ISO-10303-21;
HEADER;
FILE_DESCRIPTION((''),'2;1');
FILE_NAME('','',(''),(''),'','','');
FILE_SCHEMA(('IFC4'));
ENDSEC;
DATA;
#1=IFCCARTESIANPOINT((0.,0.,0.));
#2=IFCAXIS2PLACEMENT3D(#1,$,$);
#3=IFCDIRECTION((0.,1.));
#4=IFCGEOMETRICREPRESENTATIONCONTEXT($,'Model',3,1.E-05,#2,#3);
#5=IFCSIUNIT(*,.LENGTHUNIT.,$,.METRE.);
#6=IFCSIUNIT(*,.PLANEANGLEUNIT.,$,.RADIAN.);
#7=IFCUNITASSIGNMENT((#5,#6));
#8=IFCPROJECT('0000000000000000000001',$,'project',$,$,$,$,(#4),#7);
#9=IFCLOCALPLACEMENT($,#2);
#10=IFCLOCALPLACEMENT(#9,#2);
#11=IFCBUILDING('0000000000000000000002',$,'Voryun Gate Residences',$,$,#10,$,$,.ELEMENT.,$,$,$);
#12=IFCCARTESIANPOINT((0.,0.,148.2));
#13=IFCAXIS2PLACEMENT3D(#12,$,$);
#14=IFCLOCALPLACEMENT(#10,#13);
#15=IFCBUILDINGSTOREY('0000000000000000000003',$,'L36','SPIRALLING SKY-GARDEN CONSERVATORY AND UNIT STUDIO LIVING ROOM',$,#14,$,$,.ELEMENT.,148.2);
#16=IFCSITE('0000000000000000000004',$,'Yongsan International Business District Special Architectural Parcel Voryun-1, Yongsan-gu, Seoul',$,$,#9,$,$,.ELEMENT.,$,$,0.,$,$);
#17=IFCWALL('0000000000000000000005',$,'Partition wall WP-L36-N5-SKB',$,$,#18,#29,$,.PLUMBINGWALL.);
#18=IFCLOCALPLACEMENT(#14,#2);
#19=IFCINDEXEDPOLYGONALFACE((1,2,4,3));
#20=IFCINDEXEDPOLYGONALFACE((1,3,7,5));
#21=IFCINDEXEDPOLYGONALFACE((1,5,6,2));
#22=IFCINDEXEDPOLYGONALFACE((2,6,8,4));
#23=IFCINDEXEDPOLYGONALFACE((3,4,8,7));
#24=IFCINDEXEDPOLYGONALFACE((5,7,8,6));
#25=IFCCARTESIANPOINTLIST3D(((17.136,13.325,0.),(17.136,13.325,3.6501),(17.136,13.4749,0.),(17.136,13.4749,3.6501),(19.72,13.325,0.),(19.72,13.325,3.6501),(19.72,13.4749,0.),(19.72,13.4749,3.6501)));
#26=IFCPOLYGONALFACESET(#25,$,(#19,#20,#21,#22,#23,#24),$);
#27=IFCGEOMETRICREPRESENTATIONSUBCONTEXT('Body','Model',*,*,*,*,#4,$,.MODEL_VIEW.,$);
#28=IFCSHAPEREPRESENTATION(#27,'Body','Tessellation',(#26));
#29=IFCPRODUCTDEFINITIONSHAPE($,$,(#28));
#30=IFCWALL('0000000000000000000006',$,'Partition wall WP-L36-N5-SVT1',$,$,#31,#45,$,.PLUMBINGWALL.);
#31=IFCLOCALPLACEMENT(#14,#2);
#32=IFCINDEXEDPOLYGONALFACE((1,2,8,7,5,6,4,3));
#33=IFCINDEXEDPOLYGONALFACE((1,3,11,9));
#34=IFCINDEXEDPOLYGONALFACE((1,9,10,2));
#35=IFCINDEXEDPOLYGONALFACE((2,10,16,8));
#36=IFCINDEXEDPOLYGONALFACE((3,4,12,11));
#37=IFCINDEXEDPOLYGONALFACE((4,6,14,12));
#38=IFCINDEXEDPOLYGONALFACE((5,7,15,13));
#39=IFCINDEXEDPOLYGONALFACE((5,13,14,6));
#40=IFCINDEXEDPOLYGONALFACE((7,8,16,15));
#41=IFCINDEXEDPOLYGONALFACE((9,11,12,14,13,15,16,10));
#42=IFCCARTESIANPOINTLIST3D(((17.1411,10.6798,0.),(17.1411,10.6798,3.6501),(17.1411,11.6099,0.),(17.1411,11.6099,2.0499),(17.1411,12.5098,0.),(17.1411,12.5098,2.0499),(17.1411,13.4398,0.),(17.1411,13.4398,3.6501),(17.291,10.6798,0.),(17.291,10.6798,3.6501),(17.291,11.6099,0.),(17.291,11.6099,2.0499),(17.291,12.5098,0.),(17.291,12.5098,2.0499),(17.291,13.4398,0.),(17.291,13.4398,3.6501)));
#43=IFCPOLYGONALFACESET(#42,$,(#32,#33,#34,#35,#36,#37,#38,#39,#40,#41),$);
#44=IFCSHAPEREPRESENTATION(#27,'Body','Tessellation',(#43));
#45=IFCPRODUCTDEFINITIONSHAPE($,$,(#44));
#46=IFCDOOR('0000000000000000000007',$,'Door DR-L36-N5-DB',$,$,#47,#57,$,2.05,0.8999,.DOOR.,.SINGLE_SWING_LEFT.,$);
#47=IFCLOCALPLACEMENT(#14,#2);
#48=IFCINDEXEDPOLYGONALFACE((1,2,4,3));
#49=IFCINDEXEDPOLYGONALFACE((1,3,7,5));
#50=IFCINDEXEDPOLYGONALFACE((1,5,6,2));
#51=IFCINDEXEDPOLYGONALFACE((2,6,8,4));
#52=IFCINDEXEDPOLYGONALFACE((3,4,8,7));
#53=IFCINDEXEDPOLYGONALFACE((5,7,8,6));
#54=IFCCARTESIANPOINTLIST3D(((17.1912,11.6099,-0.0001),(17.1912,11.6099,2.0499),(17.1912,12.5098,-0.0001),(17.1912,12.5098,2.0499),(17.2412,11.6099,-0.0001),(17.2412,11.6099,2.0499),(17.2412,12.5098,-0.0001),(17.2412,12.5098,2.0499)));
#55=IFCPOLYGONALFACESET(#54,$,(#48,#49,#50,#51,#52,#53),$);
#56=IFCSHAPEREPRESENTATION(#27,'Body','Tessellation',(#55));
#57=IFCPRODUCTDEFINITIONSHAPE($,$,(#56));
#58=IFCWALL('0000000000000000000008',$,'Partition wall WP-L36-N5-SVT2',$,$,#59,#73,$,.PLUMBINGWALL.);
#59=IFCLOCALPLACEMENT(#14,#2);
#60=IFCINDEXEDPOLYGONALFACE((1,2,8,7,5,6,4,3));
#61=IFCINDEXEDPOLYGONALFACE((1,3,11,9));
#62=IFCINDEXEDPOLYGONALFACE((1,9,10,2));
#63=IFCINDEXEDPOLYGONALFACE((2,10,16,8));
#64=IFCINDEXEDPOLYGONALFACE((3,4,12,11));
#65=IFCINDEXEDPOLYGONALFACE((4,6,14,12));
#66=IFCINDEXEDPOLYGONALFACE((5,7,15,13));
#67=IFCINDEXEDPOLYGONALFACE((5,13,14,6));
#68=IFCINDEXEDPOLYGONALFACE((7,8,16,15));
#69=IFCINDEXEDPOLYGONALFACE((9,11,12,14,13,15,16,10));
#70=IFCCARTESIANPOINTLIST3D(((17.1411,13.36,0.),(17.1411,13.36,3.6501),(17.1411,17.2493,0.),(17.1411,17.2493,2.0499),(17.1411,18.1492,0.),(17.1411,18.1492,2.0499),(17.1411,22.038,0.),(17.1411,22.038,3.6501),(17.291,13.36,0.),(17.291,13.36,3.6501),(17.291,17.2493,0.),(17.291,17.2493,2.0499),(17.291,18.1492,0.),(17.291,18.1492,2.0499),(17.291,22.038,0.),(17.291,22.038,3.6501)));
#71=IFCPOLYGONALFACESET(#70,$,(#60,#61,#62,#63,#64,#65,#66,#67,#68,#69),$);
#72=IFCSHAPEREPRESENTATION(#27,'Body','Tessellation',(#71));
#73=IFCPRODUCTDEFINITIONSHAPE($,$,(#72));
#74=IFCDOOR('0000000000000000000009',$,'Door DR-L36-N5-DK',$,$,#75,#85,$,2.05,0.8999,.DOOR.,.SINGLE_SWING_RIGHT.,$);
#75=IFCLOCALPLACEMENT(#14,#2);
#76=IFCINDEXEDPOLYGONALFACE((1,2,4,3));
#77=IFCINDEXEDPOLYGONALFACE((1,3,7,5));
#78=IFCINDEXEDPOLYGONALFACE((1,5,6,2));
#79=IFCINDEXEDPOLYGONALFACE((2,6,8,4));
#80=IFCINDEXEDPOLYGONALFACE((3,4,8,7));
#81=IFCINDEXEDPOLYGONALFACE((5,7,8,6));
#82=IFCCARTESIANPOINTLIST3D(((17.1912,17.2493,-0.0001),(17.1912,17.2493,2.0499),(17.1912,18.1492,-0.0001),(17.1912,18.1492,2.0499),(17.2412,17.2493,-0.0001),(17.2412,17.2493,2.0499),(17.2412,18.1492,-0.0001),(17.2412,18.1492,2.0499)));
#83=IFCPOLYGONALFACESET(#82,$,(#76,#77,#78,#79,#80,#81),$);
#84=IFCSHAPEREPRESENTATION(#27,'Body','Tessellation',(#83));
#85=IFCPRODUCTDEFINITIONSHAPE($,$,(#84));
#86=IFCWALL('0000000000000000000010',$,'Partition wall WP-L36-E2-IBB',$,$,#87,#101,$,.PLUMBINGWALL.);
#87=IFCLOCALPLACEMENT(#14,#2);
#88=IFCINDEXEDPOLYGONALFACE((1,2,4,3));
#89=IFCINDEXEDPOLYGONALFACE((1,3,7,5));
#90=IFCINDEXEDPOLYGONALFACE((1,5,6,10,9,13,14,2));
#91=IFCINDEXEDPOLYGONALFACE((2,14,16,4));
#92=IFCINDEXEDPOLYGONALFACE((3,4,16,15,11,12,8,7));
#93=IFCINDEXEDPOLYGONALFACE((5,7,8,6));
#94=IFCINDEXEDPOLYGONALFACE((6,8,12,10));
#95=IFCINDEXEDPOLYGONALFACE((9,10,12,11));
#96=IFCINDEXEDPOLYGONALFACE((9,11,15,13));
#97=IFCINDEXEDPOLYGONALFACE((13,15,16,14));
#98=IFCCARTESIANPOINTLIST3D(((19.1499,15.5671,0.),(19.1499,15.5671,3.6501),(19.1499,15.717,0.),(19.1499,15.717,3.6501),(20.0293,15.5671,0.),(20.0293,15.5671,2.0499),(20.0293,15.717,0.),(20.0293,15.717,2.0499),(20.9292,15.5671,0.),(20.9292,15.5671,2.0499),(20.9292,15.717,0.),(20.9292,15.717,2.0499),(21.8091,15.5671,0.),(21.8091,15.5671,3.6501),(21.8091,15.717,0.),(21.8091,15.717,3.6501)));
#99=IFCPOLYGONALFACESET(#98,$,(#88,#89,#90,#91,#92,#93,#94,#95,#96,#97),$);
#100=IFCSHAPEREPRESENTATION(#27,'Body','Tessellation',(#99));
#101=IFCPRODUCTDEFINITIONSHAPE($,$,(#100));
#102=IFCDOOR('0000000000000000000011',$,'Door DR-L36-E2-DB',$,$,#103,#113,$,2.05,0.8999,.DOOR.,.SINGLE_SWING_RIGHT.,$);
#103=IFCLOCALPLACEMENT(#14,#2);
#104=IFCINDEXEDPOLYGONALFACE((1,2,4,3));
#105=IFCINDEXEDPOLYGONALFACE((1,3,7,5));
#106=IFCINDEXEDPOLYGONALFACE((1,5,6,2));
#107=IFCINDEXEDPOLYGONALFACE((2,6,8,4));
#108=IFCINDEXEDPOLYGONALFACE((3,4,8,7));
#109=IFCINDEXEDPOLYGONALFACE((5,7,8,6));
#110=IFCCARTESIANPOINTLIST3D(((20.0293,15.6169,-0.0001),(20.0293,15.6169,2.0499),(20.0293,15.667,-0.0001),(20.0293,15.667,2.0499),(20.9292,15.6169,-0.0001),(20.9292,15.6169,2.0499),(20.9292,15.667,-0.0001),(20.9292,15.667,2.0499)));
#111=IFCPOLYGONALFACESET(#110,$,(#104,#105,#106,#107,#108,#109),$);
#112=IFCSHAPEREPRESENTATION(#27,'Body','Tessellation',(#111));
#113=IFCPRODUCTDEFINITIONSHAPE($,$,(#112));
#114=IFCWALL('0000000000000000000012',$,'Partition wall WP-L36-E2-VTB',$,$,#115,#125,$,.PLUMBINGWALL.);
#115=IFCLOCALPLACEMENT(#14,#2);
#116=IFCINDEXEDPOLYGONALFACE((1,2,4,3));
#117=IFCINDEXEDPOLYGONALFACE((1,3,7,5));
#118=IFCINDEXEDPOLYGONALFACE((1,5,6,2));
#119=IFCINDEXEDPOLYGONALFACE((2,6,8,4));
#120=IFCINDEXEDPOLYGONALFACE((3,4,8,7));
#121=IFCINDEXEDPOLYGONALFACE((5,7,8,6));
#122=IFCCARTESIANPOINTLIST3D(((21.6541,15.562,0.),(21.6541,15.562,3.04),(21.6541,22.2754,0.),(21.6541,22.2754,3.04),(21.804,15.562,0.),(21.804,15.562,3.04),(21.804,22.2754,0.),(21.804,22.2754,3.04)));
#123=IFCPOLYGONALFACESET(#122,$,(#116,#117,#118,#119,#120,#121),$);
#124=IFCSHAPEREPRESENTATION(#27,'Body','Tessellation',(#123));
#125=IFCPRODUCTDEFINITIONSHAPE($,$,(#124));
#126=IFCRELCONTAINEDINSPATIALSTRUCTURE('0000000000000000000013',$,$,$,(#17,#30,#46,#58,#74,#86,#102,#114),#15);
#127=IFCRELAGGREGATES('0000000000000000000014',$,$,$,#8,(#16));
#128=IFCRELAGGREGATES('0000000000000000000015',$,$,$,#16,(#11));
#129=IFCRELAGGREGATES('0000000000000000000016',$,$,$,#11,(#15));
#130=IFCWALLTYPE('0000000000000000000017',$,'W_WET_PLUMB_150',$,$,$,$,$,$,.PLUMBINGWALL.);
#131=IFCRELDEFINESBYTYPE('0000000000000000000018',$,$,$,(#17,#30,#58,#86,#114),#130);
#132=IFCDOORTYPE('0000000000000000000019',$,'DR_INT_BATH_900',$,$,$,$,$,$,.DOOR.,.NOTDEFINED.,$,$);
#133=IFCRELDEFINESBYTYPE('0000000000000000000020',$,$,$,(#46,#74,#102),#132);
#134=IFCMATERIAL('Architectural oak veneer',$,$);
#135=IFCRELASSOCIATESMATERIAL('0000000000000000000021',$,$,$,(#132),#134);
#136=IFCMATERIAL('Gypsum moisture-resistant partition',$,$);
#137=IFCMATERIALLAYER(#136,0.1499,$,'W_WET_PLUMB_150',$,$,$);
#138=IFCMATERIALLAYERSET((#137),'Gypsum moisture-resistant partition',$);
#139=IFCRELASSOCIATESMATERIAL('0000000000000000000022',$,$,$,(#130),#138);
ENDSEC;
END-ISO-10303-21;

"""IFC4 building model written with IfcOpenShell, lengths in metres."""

from ifc_helpers import new_model, si_unit, direction, frame, frame_2d, origin, place, context, subcontext, project, spatial, rectangle, extrude, material, layer, layer_set, type_object, element, fill, save


model = new_model("IFC4")

# Units and contexts
model_context = context("Model", 3, precision=1e-05, world=origin(), true_north=direction((0.0, 1.0)))
body_context = subcontext(model_context, "Body", "Model", "MODEL_VIEW")
ifc_project = project(units=[si_unit("LENGTHUNIT", "METRE"), si_unit("PLANEANGLEUNIT", "RADIAN")], contexts=[model_context])

# Site, building, storey
site_placement = place(None, origin())
site = spatial("IfcSite", under=ifc_project, at=site_placement, Name="Yongsan International Business District Special Architectural Parcel Voryun-1, Yongsan-gu, Seoul", CompositionType="ELEMENT", RefElevation=0.0)
building_placement = place(site_placement, origin())
building = spatial("IfcBuilding", under=site, at=building_placement, Name="Voryun Gate Residences", CompositionType="ELEMENT")
storey_placement = place(building_placement, frame((0.0, 0.0, 148.2)))
storey = spatial("IfcBuildingStorey", under=building, at=storey_placement, Name="L36", Description="SPIRALLING SKY-GARDEN CONSERVATORY AND UNIT STUDIO LIVING ROOM", CompositionType="ELEMENT", Elevation=148.2)

# Shared definitions
ifc_material_1 = material(Name="Architectural oak veneer")
door_type = type_object("IfcDoorType", Name="DR_INT_BATH_900", OperationType="NOTDEFINED", PredefinedType="DOOR", material=ifc_material_1)

# Wall
ifc_material_2 = material(Name="Gypsum moisture-resistant partition")
ifc_layer_1 = layer(ifc_material_2, 0.1499, Name="W_WET_PLUMB_150")
ifc_layer_set_1 = layer_set([ifc_layer_1], Name="Gypsum moisture-resistant partition")
wall_type_1 = type_object("IfcWallType", Name="W_WET_PLUMB_150", PredefinedType="PLUMBINGWALL", material=ifc_layer_set_1)
wall_1_placement = place(storey_placement, frame((17.136, 13.3999, 0.0), z_axis=(0.0, 0.0, 1.0), x_axis=(1.0, 0.0, 0.0)))
element("IfcWall", 1, at=wall_1_placement, inside=storey, type_object=wall_type_1, Name="Partition wall WP-L36-N5-SKB", PredefinedType="PLUMBINGWALL", context=body_context, shape_type="SweptSolid", body=[
    extrude(rectangle(XDim=2.584, YDim=0.1499, at=frame_2d((1.292, 0.0))), origin(), (0.0, 0.0, 1.0), 3.6501),
])

# Walls, openings, doors
wall_2_placement = place(storey_placement, frame((17.2161, 10.6799, 0.0), z_axis=(0.0, 0.0, 1.0), x_axis=(0.0, 1.0, 0.0)))
wall_2 = element("IfcWall", 2, at=wall_2_placement, inside=storey, type_object=wall_type_1, Name="Partition wall WP-L36-N5-SVT1", PredefinedType="PLUMBINGWALL", context=body_context, shape_type="SweptSolid", body=[
    extrude(rectangle(XDim=2.76, YDim=0.1499, at=frame_2d((1.3799, 0.0))), origin(), (0.0, 0.0, 1.0), 3.6501),
])
opening_1_placement = place(wall_2_placement, frame((0.9299, 0.0, 0.0)))
opening_1 = element("IfcOpeningElement", 3, at=opening_1_placement, cuts=wall_2, PredefinedType="OPENING", context=body_context, shape_type="SweptSolid", body=[
    extrude(rectangle(XDim=0.8999, YDim=2.05, at=frame_2d((0.45, 1.0249))), frame((0.0, 0.085, 0.0), z_axis=(0.0, -1.0, 0.0), x_axis=(1.0, 0.0, 0.0)), (0.0, 0.0, 1.0), 0.1699),
])
door_1_placement = place(opening_1_placement, origin())
door_1 = element("IfcDoor", 4, at=door_1_placement, inside=storey, type_object=door_type, Name="Door DR-L36-N5-DB", OperationType="SINGLE_SWING_LEFT", OverallHeight=2.05, OverallWidth=0.8999, PredefinedType="DOOR", context=body_context, shape_type="SweptSolid", body=[
    extrude(rectangle(XDim=0.8999, YDim=2.05, at=frame_2d((0.45, 1.0249))), frame((0.0, 0.0249, 0.0), z_axis=(0.0, -1.0, 0.0), x_axis=(1.0, 0.0, 0.0)), (0.0, 0.0, 1.0), 0.05),
])
fill(opening_1, door_1)
wall_3_placement = place(storey_placement, frame((17.2161, 13.3601, 0.0), z_axis=(0.0, 0.0, 1.0), x_axis=(0.0, 1.0, 0.0)))
wall_3 = element("IfcWall", 5, at=wall_3_placement, inside=storey, type_object=wall_type_1, Name="Partition wall WP-L36-N5-SVT2", PredefinedType="PLUMBINGWALL", context=body_context, shape_type="SweptSolid", body=[
    extrude(rectangle(XDim=8.678, YDim=0.1499, at=frame_2d((4.3389, 0.0))), origin(), (0.0, 0.0, 1.0), 3.6501),
])
opening_2_placement = place(wall_3_placement, frame((3.8892, 0.0, 0.0)))
opening_2 = element("IfcOpeningElement", 6, at=opening_2_placement, cuts=wall_3, PredefinedType="OPENING", context=body_context, shape_type="SweptSolid", body=[
    extrude(rectangle(XDim=0.8999, YDim=2.05, at=frame_2d((0.45, 1.0249))), frame((0.0, 0.085, 0.0), z_axis=(0.0, -1.0, 0.0), x_axis=(1.0, 0.0, 0.0)), (0.0, 0.0, 1.0), 0.1699),
])
door_2_placement = place(opening_2_placement, origin())
door_2 = element("IfcDoor", 7, at=door_2_placement, inside=storey, type_object=door_type, Name="Door DR-L36-N5-DK", OperationType="SINGLE_SWING_RIGHT", OverallHeight=2.05, OverallWidth=0.8999, PredefinedType="DOOR", context=body_context, shape_type="SweptSolid", body=[
    extrude(rectangle(XDim=0.8999, YDim=2.05, at=frame_2d((0.45, 1.0249))), frame((0.0, 0.0249, 0.0), z_axis=(0.0, -1.0, 0.0), x_axis=(1.0, 0.0, 0.0)), (0.0, 0.0, 1.0), 0.05),
])
fill(opening_2, door_2)
wall_4_placement = place(storey_placement, frame((19.1499, 15.6421, 0.0), z_axis=(0.0, 0.0, 1.0), x_axis=(1.0, 0.0, 0.0)))
wall_4 = element("IfcWall", 8, at=wall_4_placement, inside=storey, type_object=wall_type_1, Name="Partition wall WP-L36-E2-IBB", PredefinedType="PLUMBINGWALL", context=body_context, shape_type="SweptSolid", body=[
    extrude(rectangle(XDim=2.6592, YDim=0.1499, at=frame_2d((1.3296, 0.0))), origin(), (0.0, 0.0, 1.0), 3.6501),
])
opening_3_placement = place(wall_4_placement, frame((0.8794, 0.0, 0.0)))
opening_3 = element("IfcOpeningElement", 9, at=opening_3_placement, cuts=wall_4, PredefinedType="OPENING", context=body_context, shape_type="SweptSolid", body=[
    extrude(rectangle(XDim=0.8999, YDim=2.05, at=frame_2d((0.45, 1.0249))), frame((0.0, 0.085, 0.0), z_axis=(0.0, -1.0, 0.0), x_axis=(1.0, 0.0, 0.0)), (0.0, 0.0, 1.0), 0.1699),
])
door_3_placement = place(opening_3_placement, origin())
door_3 = element("IfcDoor", 10, at=door_3_placement, inside=storey, type_object=door_type, Name="Door DR-L36-E2-DB", OperationType="SINGLE_SWING_RIGHT", OverallHeight=2.05, OverallWidth=0.8999, PredefinedType="DOOR", context=body_context, shape_type="SweptSolid", body=[
    extrude(rectangle(XDim=0.8999, YDim=2.05, at=frame_2d((0.45, 1.0249))), frame((0.0, 0.0249, 0.0), z_axis=(0.0, -1.0, 0.0), x_axis=(1.0, 0.0, 0.0)), (0.0, 0.0, 1.0), 0.05),
])
fill(opening_3, door_3)

# Wall
wall_5_placement = place(storey_placement, frame((21.729, 15.562, 0.0), z_axis=(0.0, 0.0, 1.0), x_axis=(0.0, 1.0, 0.0)))
element("IfcWall", 11, at=wall_5_placement, inside=storey, type_object=wall_type_1, Name="Partition wall WP-L36-E2-VTB", PredefinedType="PLUMBINGWALL", context=body_context, shape_type="SweptSolid", body=[
    extrude(rectangle(XDim=6.7134, YDim=0.1499, at=frame_2d((3.3567, 0.0))), origin(), (0.0, 0.0, 1.0), 3.04),
])

save(model, "model.ifc")
